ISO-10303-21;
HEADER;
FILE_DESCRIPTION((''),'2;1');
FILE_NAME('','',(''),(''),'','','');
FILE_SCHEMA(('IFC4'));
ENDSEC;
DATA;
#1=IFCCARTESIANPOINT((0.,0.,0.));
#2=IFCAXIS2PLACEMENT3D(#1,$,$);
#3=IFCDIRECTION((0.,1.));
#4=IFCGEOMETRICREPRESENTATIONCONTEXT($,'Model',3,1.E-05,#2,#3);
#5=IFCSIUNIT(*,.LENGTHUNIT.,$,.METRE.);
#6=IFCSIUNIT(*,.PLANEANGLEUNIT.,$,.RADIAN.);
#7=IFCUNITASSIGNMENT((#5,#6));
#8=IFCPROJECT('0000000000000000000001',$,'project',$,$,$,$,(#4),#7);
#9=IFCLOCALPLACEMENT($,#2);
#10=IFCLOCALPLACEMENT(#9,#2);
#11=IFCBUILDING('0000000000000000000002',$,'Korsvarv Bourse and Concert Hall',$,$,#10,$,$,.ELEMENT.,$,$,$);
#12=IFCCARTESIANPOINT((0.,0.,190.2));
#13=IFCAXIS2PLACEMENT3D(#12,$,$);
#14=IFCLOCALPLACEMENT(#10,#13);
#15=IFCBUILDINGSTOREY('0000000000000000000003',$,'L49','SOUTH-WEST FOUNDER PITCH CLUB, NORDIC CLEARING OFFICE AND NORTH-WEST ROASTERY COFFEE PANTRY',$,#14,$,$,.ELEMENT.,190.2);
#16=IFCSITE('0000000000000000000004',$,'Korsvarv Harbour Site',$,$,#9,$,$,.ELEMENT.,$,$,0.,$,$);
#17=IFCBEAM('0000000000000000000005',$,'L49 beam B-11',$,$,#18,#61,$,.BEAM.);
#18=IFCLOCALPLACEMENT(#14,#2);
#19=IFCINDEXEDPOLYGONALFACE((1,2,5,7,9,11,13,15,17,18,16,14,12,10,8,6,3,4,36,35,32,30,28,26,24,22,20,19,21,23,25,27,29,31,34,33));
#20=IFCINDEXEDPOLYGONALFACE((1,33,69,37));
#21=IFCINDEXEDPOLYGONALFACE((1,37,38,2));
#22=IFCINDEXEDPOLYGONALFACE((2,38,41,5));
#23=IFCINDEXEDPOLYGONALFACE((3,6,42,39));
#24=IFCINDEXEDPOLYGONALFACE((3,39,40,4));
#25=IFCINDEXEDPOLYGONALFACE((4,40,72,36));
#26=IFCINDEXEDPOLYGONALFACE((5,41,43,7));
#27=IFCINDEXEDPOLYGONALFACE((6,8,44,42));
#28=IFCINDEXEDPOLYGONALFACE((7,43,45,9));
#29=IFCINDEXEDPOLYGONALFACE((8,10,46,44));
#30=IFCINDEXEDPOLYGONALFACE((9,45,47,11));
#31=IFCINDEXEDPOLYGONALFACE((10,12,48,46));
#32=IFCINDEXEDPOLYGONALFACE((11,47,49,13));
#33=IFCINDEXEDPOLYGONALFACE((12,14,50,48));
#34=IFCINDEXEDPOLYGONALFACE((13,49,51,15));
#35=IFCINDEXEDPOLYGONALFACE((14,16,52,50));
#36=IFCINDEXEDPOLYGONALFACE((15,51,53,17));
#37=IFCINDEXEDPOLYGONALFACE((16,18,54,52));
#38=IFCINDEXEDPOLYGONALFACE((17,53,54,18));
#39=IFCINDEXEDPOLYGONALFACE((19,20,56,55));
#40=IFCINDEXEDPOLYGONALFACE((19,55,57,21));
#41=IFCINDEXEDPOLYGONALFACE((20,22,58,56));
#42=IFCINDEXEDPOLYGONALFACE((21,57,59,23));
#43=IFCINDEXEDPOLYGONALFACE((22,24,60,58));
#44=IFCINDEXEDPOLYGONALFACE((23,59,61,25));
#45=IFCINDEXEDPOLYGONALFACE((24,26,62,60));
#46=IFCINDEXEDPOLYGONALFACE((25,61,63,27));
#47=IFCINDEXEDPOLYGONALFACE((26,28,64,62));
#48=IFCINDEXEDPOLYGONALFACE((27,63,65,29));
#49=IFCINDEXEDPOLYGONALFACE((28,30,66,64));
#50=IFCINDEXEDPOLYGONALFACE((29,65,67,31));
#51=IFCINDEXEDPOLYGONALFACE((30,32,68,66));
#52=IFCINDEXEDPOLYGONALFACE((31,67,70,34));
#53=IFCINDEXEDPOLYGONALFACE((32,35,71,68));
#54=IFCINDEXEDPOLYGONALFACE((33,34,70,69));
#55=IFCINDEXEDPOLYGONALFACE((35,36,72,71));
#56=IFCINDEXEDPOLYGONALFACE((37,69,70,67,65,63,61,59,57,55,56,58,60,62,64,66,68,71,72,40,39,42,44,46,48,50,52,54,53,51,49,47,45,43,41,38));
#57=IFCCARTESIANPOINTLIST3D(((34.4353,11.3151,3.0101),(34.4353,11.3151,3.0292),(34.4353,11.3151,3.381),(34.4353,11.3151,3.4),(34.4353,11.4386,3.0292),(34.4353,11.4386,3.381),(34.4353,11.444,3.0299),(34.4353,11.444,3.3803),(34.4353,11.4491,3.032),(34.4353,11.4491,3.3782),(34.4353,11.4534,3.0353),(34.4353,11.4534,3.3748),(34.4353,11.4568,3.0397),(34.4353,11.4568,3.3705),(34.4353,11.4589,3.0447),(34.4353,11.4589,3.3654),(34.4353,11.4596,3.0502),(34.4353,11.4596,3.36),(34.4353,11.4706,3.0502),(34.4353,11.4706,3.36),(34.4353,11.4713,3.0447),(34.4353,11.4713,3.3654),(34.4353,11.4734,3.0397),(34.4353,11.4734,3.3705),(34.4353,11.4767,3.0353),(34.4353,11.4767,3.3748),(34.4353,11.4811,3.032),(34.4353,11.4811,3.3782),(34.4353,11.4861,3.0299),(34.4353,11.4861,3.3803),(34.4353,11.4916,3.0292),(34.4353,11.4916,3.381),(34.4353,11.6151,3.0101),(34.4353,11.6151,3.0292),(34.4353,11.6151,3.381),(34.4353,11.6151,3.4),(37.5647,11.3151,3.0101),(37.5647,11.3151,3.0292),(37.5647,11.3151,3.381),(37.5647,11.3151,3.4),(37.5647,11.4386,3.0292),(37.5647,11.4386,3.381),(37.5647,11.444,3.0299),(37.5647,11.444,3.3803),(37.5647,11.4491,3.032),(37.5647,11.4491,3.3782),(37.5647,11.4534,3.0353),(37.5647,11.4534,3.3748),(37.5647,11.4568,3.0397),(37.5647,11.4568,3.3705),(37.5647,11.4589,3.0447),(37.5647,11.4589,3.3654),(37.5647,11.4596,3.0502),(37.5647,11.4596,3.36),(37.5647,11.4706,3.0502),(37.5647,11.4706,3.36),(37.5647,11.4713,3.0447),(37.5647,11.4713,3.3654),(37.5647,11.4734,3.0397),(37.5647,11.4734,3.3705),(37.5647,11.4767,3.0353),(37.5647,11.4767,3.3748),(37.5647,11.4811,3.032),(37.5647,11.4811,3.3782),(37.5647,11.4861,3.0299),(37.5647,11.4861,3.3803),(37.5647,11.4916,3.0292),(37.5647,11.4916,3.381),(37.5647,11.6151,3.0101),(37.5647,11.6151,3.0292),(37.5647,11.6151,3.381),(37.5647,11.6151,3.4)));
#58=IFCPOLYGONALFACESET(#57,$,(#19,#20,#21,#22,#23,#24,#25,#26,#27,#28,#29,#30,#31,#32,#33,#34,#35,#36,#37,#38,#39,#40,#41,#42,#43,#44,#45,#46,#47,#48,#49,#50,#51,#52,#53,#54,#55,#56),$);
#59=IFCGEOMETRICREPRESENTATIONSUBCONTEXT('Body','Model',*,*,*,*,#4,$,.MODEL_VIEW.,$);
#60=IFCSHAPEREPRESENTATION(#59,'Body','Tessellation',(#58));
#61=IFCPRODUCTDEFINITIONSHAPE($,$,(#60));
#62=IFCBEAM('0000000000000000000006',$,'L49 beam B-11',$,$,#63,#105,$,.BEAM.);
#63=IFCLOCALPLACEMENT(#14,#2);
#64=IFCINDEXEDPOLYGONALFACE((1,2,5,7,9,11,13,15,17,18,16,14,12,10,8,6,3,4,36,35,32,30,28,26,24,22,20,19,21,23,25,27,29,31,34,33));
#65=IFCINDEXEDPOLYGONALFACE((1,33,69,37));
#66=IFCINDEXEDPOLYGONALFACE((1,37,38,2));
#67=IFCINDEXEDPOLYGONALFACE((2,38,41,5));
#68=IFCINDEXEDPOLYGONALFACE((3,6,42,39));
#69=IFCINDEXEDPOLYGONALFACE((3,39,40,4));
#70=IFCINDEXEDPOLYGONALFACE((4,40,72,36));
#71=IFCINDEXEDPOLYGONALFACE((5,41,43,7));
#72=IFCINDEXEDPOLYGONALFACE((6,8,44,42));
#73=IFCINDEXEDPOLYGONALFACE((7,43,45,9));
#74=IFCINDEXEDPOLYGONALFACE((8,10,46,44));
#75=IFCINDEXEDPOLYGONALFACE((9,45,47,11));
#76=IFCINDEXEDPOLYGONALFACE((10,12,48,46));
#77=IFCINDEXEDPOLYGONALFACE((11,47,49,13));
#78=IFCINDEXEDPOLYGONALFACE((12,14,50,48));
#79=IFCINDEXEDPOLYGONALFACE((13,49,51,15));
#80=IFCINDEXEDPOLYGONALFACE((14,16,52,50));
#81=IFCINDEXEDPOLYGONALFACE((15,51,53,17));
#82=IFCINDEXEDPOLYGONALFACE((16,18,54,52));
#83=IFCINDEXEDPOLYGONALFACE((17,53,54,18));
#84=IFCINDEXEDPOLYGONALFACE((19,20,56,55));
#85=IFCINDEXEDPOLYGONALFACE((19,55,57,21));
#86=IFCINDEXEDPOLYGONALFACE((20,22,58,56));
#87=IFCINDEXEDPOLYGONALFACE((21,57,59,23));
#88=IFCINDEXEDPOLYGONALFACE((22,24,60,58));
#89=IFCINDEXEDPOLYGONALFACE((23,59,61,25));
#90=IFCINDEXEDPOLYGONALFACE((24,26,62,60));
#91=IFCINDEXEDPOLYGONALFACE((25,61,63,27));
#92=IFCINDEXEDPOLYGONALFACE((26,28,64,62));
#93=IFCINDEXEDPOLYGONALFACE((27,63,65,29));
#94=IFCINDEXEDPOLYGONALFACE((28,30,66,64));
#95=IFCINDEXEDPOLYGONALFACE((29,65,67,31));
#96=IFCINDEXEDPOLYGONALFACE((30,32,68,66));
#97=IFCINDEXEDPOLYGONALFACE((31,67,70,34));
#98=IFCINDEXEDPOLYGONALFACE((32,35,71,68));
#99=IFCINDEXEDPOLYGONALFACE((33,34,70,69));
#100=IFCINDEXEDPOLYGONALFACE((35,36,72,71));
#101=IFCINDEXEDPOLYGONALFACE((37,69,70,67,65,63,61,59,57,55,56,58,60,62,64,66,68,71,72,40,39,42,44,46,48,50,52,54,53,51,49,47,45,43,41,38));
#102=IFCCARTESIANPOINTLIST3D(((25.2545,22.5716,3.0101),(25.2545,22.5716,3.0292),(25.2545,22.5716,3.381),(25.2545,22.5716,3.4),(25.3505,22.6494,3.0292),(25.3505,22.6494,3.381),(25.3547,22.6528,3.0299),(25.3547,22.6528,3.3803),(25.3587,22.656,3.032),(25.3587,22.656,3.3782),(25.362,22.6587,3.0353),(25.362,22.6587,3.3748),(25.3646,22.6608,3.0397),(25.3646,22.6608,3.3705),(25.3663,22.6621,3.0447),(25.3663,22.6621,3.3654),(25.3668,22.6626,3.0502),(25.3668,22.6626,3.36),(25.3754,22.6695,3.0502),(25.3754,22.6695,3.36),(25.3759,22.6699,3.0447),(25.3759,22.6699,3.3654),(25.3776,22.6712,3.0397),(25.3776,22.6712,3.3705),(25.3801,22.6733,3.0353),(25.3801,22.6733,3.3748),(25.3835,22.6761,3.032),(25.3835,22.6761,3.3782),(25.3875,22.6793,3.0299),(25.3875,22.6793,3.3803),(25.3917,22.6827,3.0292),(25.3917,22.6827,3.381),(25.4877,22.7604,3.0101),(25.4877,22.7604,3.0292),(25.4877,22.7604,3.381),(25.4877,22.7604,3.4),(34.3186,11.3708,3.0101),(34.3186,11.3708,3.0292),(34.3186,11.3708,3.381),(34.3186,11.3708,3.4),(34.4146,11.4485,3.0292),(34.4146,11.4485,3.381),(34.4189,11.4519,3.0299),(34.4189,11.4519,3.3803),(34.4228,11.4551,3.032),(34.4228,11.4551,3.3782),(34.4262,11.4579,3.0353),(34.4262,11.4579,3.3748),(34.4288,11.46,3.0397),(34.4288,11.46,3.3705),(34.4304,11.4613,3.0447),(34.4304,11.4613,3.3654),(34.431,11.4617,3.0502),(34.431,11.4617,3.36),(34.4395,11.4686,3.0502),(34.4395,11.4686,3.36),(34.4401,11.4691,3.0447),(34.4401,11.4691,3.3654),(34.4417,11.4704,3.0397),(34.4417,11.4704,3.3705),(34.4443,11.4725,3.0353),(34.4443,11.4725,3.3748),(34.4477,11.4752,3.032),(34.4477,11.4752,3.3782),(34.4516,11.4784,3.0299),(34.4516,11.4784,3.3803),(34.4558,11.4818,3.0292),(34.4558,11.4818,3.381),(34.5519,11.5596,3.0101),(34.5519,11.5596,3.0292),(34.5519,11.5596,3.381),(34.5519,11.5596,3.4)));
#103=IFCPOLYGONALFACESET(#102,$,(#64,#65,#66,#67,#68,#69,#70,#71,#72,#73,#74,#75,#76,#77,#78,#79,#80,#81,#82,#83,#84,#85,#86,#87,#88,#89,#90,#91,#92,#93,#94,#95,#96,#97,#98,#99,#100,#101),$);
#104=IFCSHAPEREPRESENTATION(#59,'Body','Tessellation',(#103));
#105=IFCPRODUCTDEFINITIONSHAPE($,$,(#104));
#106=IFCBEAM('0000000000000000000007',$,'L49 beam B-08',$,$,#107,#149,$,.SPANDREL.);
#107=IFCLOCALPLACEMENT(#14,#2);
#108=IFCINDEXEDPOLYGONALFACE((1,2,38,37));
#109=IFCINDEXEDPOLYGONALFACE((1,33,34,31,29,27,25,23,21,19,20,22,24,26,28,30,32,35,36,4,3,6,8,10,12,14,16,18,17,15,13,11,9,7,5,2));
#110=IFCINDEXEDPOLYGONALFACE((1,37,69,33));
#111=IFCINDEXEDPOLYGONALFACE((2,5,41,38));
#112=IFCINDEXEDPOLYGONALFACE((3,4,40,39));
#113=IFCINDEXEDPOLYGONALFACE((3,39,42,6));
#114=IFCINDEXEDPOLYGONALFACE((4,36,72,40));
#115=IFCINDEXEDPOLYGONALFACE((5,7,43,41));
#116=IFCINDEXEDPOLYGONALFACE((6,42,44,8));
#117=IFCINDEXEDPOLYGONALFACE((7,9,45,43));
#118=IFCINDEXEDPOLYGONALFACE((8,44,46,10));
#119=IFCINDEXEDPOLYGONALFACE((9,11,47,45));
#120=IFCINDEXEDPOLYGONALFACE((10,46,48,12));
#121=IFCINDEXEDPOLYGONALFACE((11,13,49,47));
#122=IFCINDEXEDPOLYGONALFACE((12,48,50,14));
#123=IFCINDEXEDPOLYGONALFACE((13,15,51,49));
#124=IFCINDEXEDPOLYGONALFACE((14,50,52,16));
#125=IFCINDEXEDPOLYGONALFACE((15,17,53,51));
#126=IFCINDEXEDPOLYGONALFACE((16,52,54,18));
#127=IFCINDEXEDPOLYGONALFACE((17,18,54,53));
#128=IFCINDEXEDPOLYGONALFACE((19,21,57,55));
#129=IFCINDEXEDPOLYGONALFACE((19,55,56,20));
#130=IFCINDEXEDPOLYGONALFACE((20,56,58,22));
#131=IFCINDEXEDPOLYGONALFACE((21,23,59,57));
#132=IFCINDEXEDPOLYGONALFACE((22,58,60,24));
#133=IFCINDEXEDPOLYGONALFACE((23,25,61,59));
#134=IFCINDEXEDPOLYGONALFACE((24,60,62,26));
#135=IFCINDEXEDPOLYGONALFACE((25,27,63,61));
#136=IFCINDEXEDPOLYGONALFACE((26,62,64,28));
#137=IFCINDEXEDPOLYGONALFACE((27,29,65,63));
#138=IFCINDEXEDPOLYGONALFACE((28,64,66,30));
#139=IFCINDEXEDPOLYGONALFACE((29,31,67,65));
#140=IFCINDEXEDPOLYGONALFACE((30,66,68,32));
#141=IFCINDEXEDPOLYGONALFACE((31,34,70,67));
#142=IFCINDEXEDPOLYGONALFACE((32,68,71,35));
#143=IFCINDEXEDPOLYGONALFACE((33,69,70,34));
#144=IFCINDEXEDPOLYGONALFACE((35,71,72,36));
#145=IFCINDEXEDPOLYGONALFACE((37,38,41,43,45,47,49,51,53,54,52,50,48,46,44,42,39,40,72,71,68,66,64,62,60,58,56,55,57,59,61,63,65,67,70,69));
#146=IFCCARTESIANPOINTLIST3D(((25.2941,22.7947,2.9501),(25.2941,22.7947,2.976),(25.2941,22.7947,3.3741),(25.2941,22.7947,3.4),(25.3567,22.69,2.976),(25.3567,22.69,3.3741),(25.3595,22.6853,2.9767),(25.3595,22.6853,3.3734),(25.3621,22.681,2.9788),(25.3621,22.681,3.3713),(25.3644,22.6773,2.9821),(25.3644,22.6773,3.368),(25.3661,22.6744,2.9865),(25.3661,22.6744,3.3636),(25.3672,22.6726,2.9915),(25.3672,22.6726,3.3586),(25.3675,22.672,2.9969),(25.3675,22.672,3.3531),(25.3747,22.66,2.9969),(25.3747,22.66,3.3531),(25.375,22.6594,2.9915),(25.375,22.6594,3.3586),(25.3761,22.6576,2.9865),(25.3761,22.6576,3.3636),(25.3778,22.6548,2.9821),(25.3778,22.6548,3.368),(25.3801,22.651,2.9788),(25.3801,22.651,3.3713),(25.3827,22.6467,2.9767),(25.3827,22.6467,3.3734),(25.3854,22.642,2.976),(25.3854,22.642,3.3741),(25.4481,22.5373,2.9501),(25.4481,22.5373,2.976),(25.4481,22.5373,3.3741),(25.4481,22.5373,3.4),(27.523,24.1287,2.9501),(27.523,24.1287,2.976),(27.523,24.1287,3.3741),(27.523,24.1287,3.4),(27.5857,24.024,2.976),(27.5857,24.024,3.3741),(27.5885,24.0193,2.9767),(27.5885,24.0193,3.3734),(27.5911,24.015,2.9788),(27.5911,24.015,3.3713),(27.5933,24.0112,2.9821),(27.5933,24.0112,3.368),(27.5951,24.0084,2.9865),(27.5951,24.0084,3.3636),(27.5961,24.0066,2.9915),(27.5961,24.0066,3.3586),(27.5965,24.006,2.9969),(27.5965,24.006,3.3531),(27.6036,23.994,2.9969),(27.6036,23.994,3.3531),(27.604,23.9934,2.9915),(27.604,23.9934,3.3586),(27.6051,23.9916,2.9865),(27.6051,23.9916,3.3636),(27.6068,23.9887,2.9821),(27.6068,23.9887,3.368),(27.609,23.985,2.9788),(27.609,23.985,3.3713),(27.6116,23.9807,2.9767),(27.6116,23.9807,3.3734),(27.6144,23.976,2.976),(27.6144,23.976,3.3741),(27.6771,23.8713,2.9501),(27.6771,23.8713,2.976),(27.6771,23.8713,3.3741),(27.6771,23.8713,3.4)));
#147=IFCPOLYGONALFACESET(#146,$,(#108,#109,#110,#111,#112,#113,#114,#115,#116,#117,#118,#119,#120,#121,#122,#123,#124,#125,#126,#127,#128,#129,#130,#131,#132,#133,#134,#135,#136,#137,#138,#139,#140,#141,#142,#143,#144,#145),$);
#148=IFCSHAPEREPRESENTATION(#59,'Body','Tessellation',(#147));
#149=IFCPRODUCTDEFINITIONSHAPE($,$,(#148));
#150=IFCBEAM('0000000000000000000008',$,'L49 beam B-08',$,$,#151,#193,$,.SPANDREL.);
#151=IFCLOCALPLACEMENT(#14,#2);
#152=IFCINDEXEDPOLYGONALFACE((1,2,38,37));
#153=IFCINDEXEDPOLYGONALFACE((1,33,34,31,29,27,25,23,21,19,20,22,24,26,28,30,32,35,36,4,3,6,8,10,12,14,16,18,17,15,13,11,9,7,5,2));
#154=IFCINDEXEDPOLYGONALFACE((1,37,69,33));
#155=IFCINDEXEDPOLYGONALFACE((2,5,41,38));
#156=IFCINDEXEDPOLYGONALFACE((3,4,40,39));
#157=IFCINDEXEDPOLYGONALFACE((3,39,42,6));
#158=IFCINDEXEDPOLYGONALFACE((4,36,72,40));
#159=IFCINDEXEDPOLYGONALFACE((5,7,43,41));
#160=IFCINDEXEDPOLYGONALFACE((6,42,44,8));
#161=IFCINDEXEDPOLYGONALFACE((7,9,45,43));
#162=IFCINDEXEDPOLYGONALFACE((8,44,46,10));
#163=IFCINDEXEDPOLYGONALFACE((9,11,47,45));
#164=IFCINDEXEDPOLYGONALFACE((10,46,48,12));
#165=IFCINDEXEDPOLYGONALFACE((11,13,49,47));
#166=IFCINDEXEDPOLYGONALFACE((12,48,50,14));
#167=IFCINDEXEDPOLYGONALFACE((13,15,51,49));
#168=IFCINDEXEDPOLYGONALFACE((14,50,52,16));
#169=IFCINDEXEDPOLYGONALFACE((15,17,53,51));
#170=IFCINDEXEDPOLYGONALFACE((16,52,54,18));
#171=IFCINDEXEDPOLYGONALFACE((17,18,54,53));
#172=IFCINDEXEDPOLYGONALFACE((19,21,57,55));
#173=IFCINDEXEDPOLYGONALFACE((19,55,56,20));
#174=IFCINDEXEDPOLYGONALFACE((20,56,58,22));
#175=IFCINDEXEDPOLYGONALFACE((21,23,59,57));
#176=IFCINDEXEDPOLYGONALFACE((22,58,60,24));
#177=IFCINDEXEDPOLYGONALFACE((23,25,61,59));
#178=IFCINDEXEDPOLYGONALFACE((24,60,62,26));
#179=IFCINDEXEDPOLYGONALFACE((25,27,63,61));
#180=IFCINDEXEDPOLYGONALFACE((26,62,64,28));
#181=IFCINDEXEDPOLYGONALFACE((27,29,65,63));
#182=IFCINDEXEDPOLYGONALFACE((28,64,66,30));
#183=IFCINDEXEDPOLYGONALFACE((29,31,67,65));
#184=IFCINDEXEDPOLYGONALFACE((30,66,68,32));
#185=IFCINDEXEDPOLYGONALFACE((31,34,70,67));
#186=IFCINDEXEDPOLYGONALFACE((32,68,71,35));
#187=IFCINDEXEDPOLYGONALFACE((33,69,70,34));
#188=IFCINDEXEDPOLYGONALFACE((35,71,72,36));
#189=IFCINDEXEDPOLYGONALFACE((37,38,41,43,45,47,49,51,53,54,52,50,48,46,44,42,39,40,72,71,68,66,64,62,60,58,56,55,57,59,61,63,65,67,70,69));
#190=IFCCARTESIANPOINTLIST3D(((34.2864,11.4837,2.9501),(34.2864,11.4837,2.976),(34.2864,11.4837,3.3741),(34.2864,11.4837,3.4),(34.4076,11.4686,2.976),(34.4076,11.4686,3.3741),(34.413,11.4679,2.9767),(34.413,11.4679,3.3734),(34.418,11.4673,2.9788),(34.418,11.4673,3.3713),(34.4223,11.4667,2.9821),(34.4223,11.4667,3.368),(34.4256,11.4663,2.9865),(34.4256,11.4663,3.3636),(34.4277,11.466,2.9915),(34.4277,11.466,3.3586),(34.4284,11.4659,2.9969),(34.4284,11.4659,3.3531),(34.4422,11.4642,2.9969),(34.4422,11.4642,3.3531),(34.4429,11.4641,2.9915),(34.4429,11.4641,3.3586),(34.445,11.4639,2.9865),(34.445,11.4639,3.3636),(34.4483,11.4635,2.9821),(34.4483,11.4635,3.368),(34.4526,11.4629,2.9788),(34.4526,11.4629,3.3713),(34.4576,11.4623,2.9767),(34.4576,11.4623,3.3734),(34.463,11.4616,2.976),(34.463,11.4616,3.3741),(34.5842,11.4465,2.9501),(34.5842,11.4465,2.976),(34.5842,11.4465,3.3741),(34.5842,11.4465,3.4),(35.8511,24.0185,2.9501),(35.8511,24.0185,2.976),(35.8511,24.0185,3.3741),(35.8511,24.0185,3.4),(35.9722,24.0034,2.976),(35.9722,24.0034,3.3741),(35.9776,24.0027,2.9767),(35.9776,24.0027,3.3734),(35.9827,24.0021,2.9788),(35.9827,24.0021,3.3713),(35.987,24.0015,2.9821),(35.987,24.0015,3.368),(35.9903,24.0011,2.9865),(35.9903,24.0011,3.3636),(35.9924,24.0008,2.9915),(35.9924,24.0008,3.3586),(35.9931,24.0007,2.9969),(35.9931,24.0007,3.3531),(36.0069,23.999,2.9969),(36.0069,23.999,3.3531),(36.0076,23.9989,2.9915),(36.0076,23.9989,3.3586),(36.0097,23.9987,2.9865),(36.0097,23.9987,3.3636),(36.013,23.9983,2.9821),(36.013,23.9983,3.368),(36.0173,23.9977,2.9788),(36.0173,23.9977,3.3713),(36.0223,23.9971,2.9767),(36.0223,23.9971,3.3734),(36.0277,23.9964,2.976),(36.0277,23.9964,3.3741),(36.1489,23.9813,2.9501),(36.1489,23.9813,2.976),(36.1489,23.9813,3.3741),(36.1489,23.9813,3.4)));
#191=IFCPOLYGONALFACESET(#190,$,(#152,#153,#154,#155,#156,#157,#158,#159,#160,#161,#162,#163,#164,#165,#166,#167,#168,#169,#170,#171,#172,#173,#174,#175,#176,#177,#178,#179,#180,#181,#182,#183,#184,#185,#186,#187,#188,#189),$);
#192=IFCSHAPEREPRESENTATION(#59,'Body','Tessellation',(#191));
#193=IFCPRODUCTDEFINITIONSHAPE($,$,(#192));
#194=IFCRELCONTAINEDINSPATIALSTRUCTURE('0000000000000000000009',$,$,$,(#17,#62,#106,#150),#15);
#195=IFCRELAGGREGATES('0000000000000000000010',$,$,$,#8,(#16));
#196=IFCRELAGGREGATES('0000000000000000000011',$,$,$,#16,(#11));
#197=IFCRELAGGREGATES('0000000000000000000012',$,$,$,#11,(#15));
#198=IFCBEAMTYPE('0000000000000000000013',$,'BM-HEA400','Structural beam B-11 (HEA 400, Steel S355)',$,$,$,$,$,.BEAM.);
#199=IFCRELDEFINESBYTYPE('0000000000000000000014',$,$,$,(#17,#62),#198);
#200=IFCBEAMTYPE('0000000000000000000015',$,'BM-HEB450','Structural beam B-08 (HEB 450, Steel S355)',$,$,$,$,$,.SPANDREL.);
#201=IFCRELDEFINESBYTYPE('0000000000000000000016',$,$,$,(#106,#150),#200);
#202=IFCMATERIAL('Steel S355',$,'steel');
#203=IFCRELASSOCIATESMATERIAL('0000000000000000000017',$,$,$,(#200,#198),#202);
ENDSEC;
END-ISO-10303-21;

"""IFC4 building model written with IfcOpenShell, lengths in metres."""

from ifc_helpers import new_model, si_unit, direction, frame, origin, origin_2d, place, context, subcontext, project, spatial, i_section, extrude, source, transform, mapped, material, material_profile, profile_set, type_object, element, save


model = new_model("IFC4")

# Units and contexts
model_context = context("Model", 3, precision=1e-05, world=origin(), true_north=direction((0.0, 1.0)))
body_context = subcontext(model_context, "Body", "Model", "MODEL_VIEW")
ifc_project = project(units=[si_unit("LENGTHUNIT", "METRE"), si_unit("PLANEANGLEUNIT", "RADIAN")], contexts=[model_context])

# Site, building, storey
site_placement = place(None, origin())
site = spatial("IfcSite", under=ifc_project, at=site_placement, Name="Korsvarv Harbour Site", CompositionType="ELEMENT", RefElevation=0.0)
building_placement = place(site_placement, origin())
building = spatial("IfcBuilding", under=site, at=building_placement, Name="Korsvarv Bourse and Concert Hall", CompositionType="ELEMENT")
storey_placement = place(building_placement, frame((0.0, 0.0, 190.2)))
storey = spatial("IfcBuildingStorey", under=building, at=storey_placement, Name="L49", Description="SOUTH-WEST FOUNDER PITCH CLUB, NORDIC CLEARING OFFICE AND NORTH-WEST ROASTERY COFFEE PANTRY", CompositionType="ELEMENT", Elevation=190.2)

# Shared definitions
ifc_material_1 = material(Name="Steel S355", Category="steel")

# Beams
ifc_material_profile_1 = material_profile(ifc_material_1, i_section(OverallWidth=0.3, OverallDepth=0.45, WebThickness=0.0139, FlangeThickness=0.0259, FilletRadius=0.021, at=origin_2d()), Name="HEB 450")
ifc_profile_set_1 = profile_set([ifc_material_profile_1], Name="Steel S355")
beam_type_1 = type_object("IfcBeamType", Name="BM-HEB450", Description="Structural beam B-08 (HEB 450, Steel S355)", PredefinedType="SPANDREL", material=ifc_profile_set_1)
ifc_material_profile_2 = material_profile(ifc_material_1, i_section(OverallWidth=0.3, OverallDepth=0.3899, WebThickness=0.011, FlangeThickness=0.019, FilletRadius=0.021, at=origin_2d()), Name="HEA 400")
ifc_profile_set_2 = profile_set([ifc_material_profile_2], Name="Steel S355")
beam_type_2 = type_object("IfcBeamType", Name="BM-HEA400", Description="Structural beam B-11 (HEA 400, Steel S355)", PredefinedType="BEAM", material=ifc_profile_set_2)
shared_shape_1 = source(origin(), body_context, "Body", "SweptSolid", [
    extrude(i_section(OverallWidth=0.3, OverallDepth=0.3899, WebThickness=0.011, FlangeThickness=0.019, FilletRadius=0.021, at=origin_2d()), origin(), (0.0, 0.0, 1.0), 3.1294),
])
beam_1_placement = place(storey_placement, frame((34.4353, 11.4651, 3.2051), z_axis=(1.0, 0.0, 0.0), x_axis=(0.0, 1.0, 0.0)))
element("IfcBeam", 1, at=beam_1_placement, inside=storey, type_object=beam_type_2, Name="L49 beam B-11", PredefinedType="BEAM", context=body_context, shape_type="MappedRepresentation", body=[
    mapped(shared_shape_1, transform((0.0, 0.0, 0.0), scale=1.0)),
])
shared_shape_2 = source(origin(), body_context, "Body", "SweptSolid", [
    extrude(i_section(OverallWidth=0.3, OverallDepth=0.3899, WebThickness=0.011, FlangeThickness=0.019, FilletRadius=0.021, at=origin_2d()), origin(), (0.0, 0.0, 1.0), 14.4089),
])
beam_2_placement = place(storey_placement, frame((25.3711, 22.666, 3.2051), z_axis=(0.629064, -0.777354, 0.0), x_axis=(0.777354, 0.629064, 0.0)))
element("IfcBeam", 2, at=beam_2_placement, inside=storey, type_object=beam_type_2, Name="L49 beam B-11", PredefinedType="BEAM", context=body_context, shape_type="MappedRepresentation", body=[
    mapped(shared_shape_2, transform((0.0, 0.0, 0.0), scale=1.0)),
])
shared_shape_3 = source(origin(), body_context, "Body", "SweptSolid", [
    extrude(i_section(OverallWidth=0.3, OverallDepth=0.45, WebThickness=0.0139, FlangeThickness=0.0259, FilletRadius=0.021, at=origin_2d()), origin(), (0.0, 0.0, 1.0), 2.5977),
])
beam_3_placement = place(storey_placement, frame((25.3711, 22.666, 3.175), z_axis=(0.858073, 0.513528, 0.0), x_axis=(-0.513528, 0.858073, 0.0)))
element("IfcBeam", 3, at=beam_3_placement, inside=storey, type_object=beam_type_1, Name="L49 beam B-08", PredefinedType="SPANDREL", context=body_context, shape_type="MappedRepresentation", body=[
    mapped(shared_shape_3, transform((0.0, 0.0, 0.0), scale=1.0)),
])
shared_shape_4 = source(origin(), body_context, "Body", "SweptSolid", [
    extrude(i_section(OverallWidth=0.3, OverallDepth=0.45, WebThickness=0.0139, FlangeThickness=0.0259, FilletRadius=0.021, at=origin_2d()), origin(), (0.0, 0.0, 1.0), 12.6321),
])
beam_4_placement = place(storey_placement, frame((34.4353, 11.4651, 3.175), z_axis=(0.123866, 0.992299, 0.0), x_axis=(-0.992299, 0.123866, 0.0)))
element("IfcBeam", 4, at=beam_4_placement, inside=storey, type_object=beam_type_1, Name="L49 beam B-08", PredefinedType="SPANDREL", context=body_context, shape_type="MappedRepresentation", body=[
    mapped(shared_shape_4, transform((0.0, 0.0, 0.0), scale=1.0)),
])

save(model, "model.ifc")
